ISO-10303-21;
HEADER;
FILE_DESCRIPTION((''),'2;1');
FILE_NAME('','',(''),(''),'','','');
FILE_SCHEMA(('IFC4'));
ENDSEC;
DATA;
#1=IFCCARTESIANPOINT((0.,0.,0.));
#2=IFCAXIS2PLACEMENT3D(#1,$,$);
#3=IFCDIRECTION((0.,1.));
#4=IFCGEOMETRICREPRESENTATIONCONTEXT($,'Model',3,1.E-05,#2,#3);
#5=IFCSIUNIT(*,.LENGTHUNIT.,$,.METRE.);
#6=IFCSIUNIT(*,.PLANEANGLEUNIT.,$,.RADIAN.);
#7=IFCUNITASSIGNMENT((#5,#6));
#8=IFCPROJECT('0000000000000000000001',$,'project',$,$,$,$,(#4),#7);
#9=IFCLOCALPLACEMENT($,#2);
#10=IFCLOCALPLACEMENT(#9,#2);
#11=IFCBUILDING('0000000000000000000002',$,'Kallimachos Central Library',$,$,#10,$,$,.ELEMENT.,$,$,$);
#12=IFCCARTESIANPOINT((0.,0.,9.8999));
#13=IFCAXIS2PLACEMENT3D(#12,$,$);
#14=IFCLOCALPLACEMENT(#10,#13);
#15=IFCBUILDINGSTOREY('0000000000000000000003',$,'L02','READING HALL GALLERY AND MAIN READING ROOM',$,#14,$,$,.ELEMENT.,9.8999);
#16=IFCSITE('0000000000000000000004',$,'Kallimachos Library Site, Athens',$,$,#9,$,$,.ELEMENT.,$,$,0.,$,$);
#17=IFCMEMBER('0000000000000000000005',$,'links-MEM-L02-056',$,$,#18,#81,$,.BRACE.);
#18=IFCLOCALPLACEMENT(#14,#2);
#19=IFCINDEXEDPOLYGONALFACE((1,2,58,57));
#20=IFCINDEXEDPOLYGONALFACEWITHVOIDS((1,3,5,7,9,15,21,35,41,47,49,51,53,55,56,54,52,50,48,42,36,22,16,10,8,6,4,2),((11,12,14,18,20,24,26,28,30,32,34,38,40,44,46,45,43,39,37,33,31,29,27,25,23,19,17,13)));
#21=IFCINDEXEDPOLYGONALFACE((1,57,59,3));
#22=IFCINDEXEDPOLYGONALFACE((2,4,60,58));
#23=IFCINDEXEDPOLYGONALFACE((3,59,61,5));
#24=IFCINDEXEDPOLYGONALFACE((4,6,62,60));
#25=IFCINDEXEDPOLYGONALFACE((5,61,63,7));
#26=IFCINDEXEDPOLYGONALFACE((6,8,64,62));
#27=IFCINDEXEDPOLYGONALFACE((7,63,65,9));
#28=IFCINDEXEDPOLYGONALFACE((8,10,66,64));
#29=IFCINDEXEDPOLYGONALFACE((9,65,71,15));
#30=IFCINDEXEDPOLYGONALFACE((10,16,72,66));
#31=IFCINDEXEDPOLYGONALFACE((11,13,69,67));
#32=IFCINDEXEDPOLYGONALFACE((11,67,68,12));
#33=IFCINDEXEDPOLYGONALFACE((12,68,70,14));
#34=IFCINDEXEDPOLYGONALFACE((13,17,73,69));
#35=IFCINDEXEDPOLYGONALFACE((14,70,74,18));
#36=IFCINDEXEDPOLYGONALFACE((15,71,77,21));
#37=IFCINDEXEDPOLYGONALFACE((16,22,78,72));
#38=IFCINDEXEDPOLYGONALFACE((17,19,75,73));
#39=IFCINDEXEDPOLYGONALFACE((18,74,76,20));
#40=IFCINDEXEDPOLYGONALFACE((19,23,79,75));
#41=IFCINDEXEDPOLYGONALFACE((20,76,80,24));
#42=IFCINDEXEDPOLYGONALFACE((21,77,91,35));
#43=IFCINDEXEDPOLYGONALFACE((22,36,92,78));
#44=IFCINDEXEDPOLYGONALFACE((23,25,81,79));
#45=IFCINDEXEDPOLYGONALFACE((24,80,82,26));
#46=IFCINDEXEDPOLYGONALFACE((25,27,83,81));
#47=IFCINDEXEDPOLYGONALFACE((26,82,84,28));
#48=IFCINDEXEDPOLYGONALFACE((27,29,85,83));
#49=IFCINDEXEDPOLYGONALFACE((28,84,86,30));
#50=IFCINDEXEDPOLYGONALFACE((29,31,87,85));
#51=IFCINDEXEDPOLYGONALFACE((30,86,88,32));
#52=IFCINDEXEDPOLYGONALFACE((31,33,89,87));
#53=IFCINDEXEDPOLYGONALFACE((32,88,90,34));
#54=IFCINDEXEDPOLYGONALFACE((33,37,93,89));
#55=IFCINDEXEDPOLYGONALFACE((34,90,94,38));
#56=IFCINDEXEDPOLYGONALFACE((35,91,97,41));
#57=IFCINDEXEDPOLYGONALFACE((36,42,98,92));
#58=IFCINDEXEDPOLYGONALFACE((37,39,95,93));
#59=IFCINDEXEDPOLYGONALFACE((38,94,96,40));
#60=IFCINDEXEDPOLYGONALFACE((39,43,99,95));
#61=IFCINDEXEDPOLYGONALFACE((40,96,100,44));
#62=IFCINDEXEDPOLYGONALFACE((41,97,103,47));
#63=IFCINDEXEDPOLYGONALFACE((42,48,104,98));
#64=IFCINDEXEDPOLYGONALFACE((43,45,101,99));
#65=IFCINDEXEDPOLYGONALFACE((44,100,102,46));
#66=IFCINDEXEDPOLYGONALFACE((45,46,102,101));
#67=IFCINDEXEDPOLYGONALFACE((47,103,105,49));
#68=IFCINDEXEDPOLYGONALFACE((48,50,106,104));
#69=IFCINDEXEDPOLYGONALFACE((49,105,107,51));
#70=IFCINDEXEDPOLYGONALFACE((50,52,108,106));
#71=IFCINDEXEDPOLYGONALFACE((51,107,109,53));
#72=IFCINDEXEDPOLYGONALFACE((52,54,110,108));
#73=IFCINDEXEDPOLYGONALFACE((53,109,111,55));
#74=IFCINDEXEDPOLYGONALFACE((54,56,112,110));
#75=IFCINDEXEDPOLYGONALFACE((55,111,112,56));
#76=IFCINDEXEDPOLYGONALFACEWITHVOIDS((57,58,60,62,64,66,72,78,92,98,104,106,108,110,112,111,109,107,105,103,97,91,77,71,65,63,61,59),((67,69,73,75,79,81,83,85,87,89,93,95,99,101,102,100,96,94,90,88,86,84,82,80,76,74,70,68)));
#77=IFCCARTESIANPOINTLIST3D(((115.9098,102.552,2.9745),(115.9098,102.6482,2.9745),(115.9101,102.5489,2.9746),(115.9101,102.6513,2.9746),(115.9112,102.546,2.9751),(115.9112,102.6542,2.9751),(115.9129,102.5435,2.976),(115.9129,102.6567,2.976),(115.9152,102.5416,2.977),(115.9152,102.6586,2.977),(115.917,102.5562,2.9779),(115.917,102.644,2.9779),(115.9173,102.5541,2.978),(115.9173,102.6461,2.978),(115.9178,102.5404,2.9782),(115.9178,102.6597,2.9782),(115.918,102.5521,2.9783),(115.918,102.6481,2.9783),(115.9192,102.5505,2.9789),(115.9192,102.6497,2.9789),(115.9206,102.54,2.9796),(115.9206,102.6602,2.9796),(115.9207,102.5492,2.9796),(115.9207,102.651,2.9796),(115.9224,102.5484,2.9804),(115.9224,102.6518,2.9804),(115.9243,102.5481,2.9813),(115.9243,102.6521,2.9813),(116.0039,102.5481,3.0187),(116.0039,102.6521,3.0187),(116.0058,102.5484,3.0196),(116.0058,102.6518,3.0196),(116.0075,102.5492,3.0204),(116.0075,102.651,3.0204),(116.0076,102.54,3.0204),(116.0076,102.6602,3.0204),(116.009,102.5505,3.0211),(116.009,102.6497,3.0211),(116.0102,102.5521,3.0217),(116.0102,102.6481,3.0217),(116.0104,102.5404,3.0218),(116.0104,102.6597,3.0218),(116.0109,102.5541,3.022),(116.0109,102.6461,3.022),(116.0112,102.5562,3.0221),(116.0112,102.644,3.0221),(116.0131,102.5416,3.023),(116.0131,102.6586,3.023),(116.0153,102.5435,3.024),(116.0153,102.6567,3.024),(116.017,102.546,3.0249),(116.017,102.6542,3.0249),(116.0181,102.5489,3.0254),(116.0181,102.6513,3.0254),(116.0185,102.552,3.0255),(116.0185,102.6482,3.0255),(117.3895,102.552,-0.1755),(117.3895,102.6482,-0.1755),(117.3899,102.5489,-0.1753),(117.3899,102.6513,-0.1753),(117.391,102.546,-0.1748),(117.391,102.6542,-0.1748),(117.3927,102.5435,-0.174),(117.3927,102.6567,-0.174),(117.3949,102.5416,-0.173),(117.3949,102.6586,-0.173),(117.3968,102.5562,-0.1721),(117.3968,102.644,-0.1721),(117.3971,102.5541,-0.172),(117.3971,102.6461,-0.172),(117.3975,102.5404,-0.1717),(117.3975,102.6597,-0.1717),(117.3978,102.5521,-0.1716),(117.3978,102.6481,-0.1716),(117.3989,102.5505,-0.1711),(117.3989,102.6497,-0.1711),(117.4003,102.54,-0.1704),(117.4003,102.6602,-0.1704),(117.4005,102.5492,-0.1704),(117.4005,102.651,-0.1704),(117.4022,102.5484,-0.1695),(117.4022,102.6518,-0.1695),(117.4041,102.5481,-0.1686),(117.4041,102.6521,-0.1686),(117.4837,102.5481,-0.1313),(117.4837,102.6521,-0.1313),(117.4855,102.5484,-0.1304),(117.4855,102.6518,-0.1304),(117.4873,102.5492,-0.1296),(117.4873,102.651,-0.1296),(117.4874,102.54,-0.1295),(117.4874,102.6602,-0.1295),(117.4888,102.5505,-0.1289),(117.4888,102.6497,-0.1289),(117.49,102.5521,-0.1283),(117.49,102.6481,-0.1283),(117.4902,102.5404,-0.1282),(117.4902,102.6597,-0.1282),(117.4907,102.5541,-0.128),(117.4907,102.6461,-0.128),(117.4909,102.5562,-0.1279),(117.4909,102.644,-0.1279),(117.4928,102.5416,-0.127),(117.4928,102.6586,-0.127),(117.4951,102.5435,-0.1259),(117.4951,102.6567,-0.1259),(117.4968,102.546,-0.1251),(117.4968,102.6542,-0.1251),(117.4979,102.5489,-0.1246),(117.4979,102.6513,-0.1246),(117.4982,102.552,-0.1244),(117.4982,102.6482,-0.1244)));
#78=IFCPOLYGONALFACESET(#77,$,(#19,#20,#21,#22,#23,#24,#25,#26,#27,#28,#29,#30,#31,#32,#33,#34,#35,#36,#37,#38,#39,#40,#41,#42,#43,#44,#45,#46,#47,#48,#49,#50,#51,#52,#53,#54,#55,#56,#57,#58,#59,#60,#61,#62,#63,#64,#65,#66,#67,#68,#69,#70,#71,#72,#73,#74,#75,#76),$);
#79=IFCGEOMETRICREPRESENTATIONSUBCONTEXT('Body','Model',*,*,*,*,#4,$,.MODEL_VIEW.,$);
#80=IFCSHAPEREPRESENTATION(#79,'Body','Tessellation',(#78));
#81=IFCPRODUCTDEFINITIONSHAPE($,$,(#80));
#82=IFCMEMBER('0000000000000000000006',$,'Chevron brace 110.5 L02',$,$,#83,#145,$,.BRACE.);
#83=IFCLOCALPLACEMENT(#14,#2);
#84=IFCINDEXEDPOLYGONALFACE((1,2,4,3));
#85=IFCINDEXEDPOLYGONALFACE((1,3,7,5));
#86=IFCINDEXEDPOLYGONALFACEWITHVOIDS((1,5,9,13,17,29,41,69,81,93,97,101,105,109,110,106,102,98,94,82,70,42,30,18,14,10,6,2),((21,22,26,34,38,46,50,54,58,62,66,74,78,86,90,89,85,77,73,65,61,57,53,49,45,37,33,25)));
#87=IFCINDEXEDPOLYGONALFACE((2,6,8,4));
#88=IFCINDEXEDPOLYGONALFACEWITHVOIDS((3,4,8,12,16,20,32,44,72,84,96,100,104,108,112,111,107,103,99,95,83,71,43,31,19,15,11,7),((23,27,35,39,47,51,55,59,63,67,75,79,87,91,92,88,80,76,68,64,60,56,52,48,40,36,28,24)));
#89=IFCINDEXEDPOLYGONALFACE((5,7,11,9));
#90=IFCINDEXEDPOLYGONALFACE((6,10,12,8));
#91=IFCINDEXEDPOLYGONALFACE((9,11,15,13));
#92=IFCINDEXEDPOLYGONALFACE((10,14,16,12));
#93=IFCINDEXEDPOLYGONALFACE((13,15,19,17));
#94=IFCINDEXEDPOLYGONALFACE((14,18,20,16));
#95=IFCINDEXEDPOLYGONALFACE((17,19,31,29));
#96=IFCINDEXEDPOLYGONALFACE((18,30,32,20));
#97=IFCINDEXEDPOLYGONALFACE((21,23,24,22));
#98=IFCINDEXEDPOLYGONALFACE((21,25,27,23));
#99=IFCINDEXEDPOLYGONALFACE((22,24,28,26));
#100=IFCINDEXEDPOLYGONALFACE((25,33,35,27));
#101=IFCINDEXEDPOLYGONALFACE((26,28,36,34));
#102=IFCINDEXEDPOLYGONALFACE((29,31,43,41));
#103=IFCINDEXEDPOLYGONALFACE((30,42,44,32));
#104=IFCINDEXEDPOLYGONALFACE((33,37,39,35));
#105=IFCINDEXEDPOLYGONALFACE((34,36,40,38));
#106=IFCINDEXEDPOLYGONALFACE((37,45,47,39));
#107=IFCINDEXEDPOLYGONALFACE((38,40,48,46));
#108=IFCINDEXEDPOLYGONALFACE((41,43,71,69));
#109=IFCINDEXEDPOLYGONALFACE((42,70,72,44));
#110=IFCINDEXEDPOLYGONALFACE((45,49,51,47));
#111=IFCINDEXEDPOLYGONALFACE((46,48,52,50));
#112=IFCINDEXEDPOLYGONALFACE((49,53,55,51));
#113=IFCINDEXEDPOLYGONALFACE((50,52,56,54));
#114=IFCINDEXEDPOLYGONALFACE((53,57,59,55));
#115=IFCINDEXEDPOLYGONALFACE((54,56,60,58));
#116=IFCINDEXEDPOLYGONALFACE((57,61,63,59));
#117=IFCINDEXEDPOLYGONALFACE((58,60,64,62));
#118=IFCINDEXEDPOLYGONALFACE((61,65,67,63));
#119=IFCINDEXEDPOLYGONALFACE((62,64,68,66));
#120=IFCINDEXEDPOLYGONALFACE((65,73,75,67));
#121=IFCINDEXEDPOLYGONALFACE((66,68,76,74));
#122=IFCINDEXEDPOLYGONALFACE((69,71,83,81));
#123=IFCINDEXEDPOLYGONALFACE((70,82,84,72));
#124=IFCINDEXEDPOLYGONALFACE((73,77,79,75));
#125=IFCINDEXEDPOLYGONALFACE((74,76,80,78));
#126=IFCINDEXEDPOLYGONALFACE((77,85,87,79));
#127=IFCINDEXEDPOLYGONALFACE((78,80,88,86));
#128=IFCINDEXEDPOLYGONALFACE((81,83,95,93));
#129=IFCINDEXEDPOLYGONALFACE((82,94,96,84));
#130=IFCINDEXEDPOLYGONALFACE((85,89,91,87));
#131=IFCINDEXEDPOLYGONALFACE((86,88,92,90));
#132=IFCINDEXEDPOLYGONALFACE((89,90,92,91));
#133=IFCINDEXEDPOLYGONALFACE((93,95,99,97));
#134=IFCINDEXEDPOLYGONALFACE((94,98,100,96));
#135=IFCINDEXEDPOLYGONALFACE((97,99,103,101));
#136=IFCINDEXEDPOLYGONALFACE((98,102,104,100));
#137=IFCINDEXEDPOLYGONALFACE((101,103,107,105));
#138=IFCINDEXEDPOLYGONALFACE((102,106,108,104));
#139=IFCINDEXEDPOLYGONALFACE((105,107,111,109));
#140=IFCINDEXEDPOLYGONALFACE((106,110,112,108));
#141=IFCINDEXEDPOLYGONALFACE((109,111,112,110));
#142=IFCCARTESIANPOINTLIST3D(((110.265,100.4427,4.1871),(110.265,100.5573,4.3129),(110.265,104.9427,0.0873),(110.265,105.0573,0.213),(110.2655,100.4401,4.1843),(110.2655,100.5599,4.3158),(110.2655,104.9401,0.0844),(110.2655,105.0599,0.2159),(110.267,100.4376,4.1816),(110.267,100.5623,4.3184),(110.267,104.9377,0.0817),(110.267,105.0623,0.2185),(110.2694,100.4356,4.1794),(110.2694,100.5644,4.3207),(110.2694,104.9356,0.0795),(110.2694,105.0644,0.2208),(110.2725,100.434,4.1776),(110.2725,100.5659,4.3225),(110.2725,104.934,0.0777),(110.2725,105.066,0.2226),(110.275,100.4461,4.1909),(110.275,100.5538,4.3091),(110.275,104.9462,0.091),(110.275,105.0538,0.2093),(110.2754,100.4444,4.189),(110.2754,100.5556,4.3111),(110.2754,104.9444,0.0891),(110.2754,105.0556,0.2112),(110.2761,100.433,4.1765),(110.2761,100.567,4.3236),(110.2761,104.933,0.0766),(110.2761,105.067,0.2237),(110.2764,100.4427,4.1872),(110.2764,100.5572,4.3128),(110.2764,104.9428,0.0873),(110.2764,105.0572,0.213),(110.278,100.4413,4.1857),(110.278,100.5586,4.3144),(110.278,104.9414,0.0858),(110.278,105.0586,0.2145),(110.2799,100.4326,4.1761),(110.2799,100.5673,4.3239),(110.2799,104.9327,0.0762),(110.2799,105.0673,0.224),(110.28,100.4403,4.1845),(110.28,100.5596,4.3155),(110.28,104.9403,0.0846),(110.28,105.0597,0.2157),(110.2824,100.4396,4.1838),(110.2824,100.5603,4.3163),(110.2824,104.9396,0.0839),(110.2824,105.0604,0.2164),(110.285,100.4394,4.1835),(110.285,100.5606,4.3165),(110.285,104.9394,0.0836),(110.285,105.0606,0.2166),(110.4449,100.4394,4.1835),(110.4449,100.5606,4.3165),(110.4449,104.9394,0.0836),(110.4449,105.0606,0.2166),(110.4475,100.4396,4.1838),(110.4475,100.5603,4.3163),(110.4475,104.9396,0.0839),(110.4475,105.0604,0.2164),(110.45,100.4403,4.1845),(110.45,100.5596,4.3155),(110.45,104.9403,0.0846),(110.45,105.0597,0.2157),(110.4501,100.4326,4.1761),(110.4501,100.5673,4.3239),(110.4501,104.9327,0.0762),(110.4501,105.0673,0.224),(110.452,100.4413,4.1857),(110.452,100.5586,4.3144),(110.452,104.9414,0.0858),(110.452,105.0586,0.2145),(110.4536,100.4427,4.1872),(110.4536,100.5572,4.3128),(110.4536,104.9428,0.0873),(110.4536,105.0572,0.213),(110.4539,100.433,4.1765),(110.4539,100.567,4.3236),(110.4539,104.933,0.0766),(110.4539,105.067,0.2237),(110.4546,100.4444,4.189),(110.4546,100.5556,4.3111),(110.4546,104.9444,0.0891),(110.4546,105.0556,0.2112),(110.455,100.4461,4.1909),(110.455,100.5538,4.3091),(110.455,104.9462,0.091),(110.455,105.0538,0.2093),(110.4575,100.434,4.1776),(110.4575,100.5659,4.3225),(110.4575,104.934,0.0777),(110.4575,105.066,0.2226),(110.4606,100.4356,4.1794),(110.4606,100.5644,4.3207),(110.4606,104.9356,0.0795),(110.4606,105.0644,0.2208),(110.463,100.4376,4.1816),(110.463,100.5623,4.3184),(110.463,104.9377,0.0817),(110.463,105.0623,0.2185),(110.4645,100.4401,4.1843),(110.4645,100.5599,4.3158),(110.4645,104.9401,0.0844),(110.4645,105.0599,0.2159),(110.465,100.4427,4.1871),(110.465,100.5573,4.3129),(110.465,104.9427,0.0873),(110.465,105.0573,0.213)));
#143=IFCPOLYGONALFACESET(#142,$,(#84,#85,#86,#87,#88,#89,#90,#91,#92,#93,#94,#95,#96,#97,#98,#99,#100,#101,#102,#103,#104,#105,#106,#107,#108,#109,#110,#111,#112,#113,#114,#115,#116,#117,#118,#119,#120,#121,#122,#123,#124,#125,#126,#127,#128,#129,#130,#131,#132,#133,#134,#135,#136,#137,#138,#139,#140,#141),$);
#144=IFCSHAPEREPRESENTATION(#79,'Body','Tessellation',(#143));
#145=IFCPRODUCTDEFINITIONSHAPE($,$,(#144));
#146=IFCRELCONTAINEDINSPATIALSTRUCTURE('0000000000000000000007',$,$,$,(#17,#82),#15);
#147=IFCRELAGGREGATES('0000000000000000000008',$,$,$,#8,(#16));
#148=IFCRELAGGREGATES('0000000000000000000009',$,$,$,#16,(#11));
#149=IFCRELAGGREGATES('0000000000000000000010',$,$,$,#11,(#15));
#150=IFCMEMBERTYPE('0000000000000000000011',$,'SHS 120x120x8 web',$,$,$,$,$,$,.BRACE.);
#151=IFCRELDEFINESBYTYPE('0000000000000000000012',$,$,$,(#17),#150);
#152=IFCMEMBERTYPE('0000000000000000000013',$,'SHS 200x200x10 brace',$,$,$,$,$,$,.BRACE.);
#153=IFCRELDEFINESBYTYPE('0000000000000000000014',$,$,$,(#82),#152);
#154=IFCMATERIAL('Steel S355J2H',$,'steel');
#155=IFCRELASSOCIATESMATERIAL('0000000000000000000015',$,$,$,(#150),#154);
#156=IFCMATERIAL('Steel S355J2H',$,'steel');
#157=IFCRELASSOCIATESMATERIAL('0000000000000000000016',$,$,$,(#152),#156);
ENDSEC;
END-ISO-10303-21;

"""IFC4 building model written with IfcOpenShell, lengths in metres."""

from ifc_helpers import new_model, si_unit, direction, frame, origin, origin_2d, place, context, subcontext, project, spatial, hollow_rectangle, extrude, material, material_profile, profile_set, type_object, element, save


model = new_model("IFC4")

# Units and contexts
model_context = context("Model", 3, precision=1e-05, world=origin(), true_north=direction((0.0, 1.0)))
body_context = subcontext(model_context, "Body", "Model", "MODEL_VIEW")
ifc_project = project(units=[si_unit("LENGTHUNIT", "METRE"), si_unit("PLANEANGLEUNIT", "RADIAN")], contexts=[model_context])

# Site, building, storey
site_placement = place(None, origin())
site = spatial("IfcSite", under=ifc_project, at=site_placement, Name="Kallimachos Library Site, Athens", CompositionType="ELEMENT", RefElevation=0.0)
building_placement = place(site_placement, origin())
building = spatial("IfcBuilding", under=site, at=building_placement, Name="Kallimachos Central Library", CompositionType="ELEMENT")
storey_placement = place(building_placement, frame((0.0, 0.0, 9.8999)))
storey = spatial("IfcBuildingStorey", under=building, at=storey_placement, Name="L02", Description="READING HALL GALLERY AND MAIN READING ROOM", CompositionType="ELEMENT", Elevation=9.8999)

# Members
ifc_material_1 = material(Name="Steel S355J2H", Category="steel")
ifc_material_profile_1 = material_profile(ifc_material_1, hollow_rectangle(XDim=0.1201, YDim=0.1201, WallThickness=0.0081, InnerFilletRadius=0.0081, OuterFilletRadius=0.012, at=origin_2d()), Name="SHS 120x120x8")
ifc_profile_set_1 = profile_set([ifc_material_profile_1], Name="Steel S355J2H")
member_type_1 = type_object("IfcMemberType", Name="SHS 120x120x8 web", PredefinedType="BRACE", material=ifc_profile_set_1)
for number, where, z_axis, x_axis, name in (
    (1, (115.9641, 102.6001, 3.0), (0.425192, 0.0, -0.905103), (0.0, 1.0, 0.0), "links-MEM-L02-056"),
):
    element("IfcMember", number, at=place(storey_placement, frame(where, z_axis=z_axis, x_axis=x_axis)), inside=storey, type_object=member_type_1, Name=name, PredefinedType="BRACE", context=body_context, shape_type="SweptSolid", body=[
        extrude(hollow_rectangle(XDim=0.1201, YDim=0.1201, WallThickness=0.0081, InnerFilletRadius=0.0081, OuterFilletRadius=0.012, at=origin_2d()), origin(), (0.0, 0.0, 1.0), 3.4802),
    ])
ifc_material_2 = material(Name="Steel S355J2H", Category="steel")
ifc_material_profile_2 = material_profile(ifc_material_2, hollow_rectangle(XDim=0.2, YDim=0.2, WallThickness=0.01, InnerFilletRadius=0.01, OuterFilletRadius=0.0149, at=origin_2d()), Name="SHS 200x200x10")
ifc_profile_set_2 = profile_set([ifc_material_profile_2], Name="Steel S355J2H")
member_type_2 = type_object("IfcMemberType", Name="SHS 200x200x10 brace", PredefinedType="BRACE", material=ifc_profile_set_2)
member_1_placement = place(storey_placement, frame((110.365, 105.0, 0.1501), z_axis=(0.0, -0.739208, 0.673477), x_axis=(1.0, 0.0, 0.0)))
element("IfcMember", 2, at=member_1_placement, inside=storey, type_object=member_type_2, Name="Chevron brace 110.5 L02", PredefinedType="BRACE", context=body_context, shape_type="SweptSolid", body=[
    extrude(hollow_rectangle(XDim=0.2, YDim=0.2, WallThickness=0.01, InnerFilletRadius=0.01, OuterFilletRadius=0.0149, at=origin_2d()), origin(), (0.0, 0.0, 1.0), 6.0876),
])

save(model, "model.ifc")
